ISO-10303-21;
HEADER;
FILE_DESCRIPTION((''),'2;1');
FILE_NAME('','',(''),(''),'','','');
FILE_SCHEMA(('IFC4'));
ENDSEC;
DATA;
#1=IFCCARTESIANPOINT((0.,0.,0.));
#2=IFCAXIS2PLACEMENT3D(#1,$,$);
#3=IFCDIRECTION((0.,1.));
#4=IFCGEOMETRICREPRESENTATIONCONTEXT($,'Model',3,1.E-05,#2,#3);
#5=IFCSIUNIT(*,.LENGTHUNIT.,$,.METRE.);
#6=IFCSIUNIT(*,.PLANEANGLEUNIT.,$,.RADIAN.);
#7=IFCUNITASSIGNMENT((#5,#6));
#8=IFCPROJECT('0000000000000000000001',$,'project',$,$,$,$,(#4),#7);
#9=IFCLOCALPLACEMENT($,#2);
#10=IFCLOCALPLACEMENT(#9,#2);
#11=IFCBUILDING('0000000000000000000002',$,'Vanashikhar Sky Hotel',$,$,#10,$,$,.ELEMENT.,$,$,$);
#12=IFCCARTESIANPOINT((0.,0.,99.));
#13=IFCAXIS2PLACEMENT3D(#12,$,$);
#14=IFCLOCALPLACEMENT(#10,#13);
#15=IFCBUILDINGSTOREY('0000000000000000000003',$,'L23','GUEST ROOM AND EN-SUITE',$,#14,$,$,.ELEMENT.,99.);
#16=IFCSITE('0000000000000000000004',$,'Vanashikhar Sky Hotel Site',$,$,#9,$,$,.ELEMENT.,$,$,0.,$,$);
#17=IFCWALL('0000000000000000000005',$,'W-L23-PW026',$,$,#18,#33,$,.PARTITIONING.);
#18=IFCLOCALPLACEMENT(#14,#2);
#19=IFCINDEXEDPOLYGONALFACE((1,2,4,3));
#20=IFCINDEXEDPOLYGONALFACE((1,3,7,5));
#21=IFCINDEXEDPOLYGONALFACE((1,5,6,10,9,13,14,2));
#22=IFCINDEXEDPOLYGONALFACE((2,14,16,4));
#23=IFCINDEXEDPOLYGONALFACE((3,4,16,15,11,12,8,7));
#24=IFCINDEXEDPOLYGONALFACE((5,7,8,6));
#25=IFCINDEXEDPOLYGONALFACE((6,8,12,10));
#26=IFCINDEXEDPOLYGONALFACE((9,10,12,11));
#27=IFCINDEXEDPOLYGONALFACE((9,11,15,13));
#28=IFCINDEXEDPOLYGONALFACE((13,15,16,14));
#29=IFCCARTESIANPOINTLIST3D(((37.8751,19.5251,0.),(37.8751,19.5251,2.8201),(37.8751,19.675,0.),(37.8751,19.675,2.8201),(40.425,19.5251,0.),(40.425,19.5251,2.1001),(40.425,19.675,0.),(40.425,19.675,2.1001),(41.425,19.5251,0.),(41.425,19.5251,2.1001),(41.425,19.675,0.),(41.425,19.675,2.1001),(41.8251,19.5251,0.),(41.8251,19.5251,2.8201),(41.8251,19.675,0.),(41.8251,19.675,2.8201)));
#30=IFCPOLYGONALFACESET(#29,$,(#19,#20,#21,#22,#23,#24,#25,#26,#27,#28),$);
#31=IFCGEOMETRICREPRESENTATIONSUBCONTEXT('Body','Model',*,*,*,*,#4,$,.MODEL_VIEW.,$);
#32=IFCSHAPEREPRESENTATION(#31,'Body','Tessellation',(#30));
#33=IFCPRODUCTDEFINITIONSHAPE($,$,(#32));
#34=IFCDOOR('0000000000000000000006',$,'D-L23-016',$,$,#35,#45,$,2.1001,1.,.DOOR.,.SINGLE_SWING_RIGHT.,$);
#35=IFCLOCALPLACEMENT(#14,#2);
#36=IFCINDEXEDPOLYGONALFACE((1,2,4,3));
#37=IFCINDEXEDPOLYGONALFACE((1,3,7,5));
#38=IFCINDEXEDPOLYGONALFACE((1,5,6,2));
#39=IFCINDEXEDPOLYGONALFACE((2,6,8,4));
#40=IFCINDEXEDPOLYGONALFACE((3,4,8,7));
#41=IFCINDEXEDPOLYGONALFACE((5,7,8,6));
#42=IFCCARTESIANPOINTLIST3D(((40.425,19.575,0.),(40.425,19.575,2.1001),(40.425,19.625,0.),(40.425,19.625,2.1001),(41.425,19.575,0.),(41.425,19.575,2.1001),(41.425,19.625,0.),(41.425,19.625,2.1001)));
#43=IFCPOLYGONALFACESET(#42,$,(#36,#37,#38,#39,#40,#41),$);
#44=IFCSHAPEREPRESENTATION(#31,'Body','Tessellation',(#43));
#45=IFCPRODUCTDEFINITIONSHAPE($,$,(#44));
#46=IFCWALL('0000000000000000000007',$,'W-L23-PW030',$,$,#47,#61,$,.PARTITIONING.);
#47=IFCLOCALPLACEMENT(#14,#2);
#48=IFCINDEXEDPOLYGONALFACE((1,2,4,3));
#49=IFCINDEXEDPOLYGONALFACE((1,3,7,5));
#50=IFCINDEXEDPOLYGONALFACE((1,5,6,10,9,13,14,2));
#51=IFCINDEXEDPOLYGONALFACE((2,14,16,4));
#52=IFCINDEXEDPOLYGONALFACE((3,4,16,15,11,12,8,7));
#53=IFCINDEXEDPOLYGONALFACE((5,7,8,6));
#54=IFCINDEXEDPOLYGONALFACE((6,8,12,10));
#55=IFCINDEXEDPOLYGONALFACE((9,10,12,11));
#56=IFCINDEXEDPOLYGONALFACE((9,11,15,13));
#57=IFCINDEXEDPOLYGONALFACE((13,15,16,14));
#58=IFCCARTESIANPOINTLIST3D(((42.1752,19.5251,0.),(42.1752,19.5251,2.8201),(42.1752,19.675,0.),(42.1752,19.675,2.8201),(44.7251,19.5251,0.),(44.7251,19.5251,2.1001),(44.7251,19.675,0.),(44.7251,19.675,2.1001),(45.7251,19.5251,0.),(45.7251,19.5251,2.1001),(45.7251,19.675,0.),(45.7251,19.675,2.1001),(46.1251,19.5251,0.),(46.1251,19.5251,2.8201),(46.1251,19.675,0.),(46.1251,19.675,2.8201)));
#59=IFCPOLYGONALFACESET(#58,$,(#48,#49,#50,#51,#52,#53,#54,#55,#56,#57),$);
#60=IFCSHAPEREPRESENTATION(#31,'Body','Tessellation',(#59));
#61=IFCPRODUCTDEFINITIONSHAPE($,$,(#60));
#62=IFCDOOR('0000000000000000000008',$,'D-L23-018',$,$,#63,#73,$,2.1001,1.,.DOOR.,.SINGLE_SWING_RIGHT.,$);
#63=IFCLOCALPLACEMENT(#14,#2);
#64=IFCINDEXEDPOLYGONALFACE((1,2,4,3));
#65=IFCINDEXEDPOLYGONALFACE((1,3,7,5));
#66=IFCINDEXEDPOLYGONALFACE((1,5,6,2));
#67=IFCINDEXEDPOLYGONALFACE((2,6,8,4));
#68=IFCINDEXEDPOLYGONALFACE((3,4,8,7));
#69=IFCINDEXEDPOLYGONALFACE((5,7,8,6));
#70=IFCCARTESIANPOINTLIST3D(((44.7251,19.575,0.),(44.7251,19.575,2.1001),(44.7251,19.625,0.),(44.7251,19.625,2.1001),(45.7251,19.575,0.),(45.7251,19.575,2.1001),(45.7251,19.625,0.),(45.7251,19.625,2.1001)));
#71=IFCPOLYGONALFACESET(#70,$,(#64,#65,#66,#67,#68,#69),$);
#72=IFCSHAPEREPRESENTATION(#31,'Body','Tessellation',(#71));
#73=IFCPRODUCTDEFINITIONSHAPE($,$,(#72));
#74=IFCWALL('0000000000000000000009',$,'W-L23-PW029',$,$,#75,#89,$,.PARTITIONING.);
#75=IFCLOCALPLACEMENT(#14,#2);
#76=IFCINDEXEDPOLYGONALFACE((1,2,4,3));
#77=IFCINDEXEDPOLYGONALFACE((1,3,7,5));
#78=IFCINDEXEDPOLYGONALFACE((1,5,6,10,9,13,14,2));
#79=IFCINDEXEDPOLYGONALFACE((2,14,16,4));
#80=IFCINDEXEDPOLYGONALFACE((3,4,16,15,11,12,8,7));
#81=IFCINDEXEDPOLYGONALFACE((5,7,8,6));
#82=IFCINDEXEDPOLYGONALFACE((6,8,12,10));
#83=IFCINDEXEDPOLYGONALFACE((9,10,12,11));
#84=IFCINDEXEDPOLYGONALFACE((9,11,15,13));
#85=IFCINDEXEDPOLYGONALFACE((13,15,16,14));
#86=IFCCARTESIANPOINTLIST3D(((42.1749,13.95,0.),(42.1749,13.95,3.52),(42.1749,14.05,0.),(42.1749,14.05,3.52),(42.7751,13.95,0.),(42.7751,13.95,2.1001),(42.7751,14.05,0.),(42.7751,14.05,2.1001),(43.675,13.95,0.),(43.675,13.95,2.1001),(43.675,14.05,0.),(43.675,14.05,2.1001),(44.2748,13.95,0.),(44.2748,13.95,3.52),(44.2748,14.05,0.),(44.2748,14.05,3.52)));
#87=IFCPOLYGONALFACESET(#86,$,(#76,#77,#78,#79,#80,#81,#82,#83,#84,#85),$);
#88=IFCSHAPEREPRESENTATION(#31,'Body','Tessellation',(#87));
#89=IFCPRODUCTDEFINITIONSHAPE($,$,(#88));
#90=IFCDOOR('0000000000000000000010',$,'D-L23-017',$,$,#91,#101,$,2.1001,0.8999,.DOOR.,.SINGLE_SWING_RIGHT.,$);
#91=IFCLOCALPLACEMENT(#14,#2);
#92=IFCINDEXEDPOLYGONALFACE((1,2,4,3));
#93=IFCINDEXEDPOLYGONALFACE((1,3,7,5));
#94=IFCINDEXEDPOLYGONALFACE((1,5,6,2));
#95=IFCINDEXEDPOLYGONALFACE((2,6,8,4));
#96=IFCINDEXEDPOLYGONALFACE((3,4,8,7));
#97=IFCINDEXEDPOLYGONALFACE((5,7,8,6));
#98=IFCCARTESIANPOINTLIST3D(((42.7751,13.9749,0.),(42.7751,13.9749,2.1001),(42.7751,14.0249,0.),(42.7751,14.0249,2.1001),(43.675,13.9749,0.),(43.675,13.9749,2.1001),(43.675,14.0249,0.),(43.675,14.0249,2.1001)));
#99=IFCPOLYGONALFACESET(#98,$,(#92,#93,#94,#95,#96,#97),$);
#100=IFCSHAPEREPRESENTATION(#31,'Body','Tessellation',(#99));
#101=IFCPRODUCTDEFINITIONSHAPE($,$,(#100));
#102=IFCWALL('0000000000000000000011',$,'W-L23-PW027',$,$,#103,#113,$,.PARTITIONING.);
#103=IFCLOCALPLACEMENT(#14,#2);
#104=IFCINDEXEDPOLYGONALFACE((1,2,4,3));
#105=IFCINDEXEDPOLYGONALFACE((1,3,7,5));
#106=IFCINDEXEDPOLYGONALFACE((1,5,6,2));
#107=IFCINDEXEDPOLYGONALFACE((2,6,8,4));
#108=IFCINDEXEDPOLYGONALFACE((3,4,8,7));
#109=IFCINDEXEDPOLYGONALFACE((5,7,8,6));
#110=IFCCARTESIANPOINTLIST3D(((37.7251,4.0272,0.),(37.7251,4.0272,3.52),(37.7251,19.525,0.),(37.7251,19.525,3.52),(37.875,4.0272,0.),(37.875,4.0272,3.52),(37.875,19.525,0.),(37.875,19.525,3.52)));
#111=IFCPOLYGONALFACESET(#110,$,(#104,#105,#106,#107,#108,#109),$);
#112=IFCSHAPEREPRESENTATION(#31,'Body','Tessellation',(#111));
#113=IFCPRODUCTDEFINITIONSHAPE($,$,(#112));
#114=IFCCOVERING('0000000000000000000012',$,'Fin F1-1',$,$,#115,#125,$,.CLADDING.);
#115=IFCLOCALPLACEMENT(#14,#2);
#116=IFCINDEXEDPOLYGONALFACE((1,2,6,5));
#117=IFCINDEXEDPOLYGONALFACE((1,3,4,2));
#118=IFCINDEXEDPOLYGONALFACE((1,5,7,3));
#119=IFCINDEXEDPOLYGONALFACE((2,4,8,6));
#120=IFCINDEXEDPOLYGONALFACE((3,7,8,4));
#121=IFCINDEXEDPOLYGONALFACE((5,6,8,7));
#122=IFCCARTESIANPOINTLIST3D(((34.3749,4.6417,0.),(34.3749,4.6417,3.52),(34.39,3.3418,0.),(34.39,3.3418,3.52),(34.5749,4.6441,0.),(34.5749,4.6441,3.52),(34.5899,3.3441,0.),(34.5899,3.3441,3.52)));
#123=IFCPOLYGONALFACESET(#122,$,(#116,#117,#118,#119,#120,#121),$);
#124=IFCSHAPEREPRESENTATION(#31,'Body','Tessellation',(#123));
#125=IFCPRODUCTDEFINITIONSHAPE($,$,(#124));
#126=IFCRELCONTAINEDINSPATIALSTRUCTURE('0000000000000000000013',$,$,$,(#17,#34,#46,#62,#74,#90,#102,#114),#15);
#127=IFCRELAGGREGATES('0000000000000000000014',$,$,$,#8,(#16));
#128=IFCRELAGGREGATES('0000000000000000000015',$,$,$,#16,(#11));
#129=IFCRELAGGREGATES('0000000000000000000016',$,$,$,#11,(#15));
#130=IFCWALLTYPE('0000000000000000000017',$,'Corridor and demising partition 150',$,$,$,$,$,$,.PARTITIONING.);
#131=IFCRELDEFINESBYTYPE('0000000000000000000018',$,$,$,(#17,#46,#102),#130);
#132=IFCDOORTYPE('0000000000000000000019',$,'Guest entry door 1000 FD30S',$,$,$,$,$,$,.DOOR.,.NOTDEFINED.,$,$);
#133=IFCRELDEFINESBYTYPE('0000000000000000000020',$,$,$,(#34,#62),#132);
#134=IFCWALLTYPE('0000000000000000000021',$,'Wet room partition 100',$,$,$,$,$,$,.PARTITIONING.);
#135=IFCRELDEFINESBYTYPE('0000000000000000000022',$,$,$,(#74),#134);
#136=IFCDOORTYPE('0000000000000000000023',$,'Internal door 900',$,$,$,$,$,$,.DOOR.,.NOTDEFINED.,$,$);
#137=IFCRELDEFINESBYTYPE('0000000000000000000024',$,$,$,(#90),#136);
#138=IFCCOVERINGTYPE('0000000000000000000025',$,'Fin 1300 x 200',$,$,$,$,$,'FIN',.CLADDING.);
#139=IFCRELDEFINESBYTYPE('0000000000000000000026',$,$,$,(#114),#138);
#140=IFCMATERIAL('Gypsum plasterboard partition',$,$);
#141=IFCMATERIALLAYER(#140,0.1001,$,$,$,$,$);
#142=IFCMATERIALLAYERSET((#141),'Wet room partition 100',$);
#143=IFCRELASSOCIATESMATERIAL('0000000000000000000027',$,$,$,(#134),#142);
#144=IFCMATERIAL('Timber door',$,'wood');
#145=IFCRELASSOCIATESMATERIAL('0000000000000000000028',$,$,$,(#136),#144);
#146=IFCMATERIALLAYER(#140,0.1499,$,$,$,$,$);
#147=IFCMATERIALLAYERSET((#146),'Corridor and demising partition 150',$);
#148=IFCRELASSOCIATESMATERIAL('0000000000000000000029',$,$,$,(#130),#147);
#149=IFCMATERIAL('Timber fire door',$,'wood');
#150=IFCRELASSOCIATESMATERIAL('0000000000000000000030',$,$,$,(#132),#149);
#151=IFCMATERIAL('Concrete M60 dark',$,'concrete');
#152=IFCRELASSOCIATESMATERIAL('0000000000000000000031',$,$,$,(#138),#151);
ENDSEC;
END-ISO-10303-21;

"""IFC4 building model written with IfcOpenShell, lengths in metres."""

from ifc_helpers import new_model, si_unit, direction, frame, frame_2d, origin, origin_2d, place, context, subcontext, project, spatial, rectangle, extrude, source, transform, mapped, material, layer, layer_set, material_profile, profile_set, type_object, element, fill, save


model = new_model("IFC4")

# Units and contexts
model_context = context("Model", 3, precision=1e-05, world=origin(), true_north=direction((0.0, 1.0)))
body_context = subcontext(model_context, "Body", "Model", "MODEL_VIEW")
ifc_project = project(units=[si_unit("LENGTHUNIT", "METRE"), si_unit("PLANEANGLEUNIT", "RADIAN")], contexts=[model_context])

# Site, building, storey
site_placement = place(None, origin())
site = spatial("IfcSite", under=ifc_project, at=site_placement, Name="Vanashikhar Sky Hotel Site", CompositionType="ELEMENT", RefElevation=0.0)
building_placement = place(site_placement, origin())
building = spatial("IfcBuilding", under=site, at=building_placement, Name="Vanashikhar Sky Hotel", CompositionType="ELEMENT")
storey_placement = place(building_placement, frame((0.0, 0.0, 99.0)))
storey = spatial("IfcBuildingStorey", under=building, at=storey_placement, Name="L23", Description="GUEST ROOM AND EN-SUITE", CompositionType="ELEMENT", Elevation=99.0)

# Shared definitions
ifc_material_1 = material(Name="Gypsum plasterboard partition")
ifc_layer_1 = layer(ifc_material_1, 0.1001)
ifc_layer_set_1 = layer_set([ifc_layer_1], Name="Wet room partition 100")
wall_type_1 = type_object("IfcWallType", Name="Wet room partition 100", PredefinedType="PARTITIONING", material=ifc_layer_set_1)

# Walls, openings, doors
shared_shape_1 = source(origin(), body_context, "Body", "SweptSolid", [
    extrude(rectangle(XDim=0.8999, YDim=2.1001, at=frame_2d((0.45, 1.05))), frame((0.0, 0.0601, 0.0), z_axis=(0.0, -1.0, 0.0), x_axis=(1.0, 0.0, 0.0)), (0.0, 0.0, 1.0), 0.1201),
])
ifc_material_2 = material(Name="Timber door", Category="wood")
door_type_1 = type_object("IfcDoorType", Name="Internal door 900", OperationType="NOTDEFINED", PredefinedType="DOOR", material=ifc_material_2)
shared_shape_2 = source(origin(), body_context, "Body", "SweptSolid", [
    extrude(rectangle(XDim=0.8999, YDim=2.1001, at=frame_2d((0.45, 1.05))), frame((0.0, 0.0249, 0.0), z_axis=(0.0, -1.0, 0.0), x_axis=(1.0, 0.0, 0.0)), (0.0, 0.0, 1.0), 0.05),
])
ifc_layer_2 = layer(ifc_material_1, 0.1499)
ifc_layer_set_2 = layer_set([ifc_layer_2], Name="Corridor and demising partition 150")
wall_type_2 = type_object("IfcWallType", Name="Corridor and demising partition 150", PredefinedType="PARTITIONING", material=ifc_layer_set_2)
shared_shape_3 = source(origin(), body_context, "Body", "SweptSolid", [
    extrude(rectangle(XDim=3.95, YDim=0.1499, at=frame_2d((1.9751, 0.0))), origin(), (0.0, 0.0, 1.0), 2.8201),
])
wall_1_placement = place(storey_placement, frame((37.875, 19.6001, 0.0), z_axis=(0.0, 0.0, 1.0), x_axis=(1.0, 0.0, 0.0)))
wall_1 = element("IfcWall", 1, at=wall_1_placement, inside=storey, type_object=wall_type_2, Name="W-L23-PW026", PredefinedType="PARTITIONING", context=body_context, shape_type="MappedRepresentation", body=[
    mapped(shared_shape_3, transform((0.0, 0.0, 0.0), scale=1.0)),
])
shared_shape_4 = source(origin(), body_context, "Body", "SweptSolid", [
    extrude(rectangle(XDim=1.0, YDim=2.1001, at=frame_2d((0.5, 1.05))), frame((0.0, 0.085, 0.0), z_axis=(0.0, -1.0, 0.0), x_axis=(1.0, 0.0, 0.0)), (0.0, 0.0, 1.0), 0.1699),
])
opening_1_placement = place(wall_1_placement, frame((2.55, 0.0, 0.0)))
opening_1 = element("IfcOpeningElement", 2, at=opening_1_placement, cuts=wall_1, PredefinedType="OPENING", context=body_context, shape_type="MappedRepresentation", body=[
    mapped(shared_shape_4, transform((0.0, 0.0, 0.0), scale=1.0)),
])
ifc_material_3 = material(Name="Timber fire door", Category="wood")
door_type_2 = type_object("IfcDoorType", Name="Guest entry door 1000 FD30S", OperationType="NOTDEFINED", PredefinedType="DOOR", material=ifc_material_3)
shared_shape_5 = source(origin(), body_context, "Body", "SweptSolid", [
    extrude(rectangle(XDim=1.0, YDim=2.1001, at=frame_2d((0.5, 1.05))), frame((0.0, 0.0249, 0.0), z_axis=(0.0, -1.0, 0.0), x_axis=(1.0, 0.0, 0.0)), (0.0, 0.0, 1.0), 0.05),
])
door_1_placement = place(opening_1_placement, origin())
door_1 = element("IfcDoor", 3, at=door_1_placement, inside=storey, type_object=door_type_2, Name="D-L23-016", OperationType="SINGLE_SWING_RIGHT", OverallHeight=2.1001, OverallWidth=1.0, PredefinedType="DOOR", context=body_context, shape_type="MappedRepresentation", body=[
    mapped(shared_shape_5, transform((0.0, 0.0, 0.0), scale=1.0)),
])
fill(opening_1, door_1)
wall_2_placement = place(storey_placement, frame((42.175, 19.6001, 0.0), z_axis=(0.0, 0.0, 1.0), x_axis=(1.0, 0.0, 0.0)))
wall_2 = element("IfcWall", 4, at=wall_2_placement, inside=storey, type_object=wall_type_2, Name="W-L23-PW030", PredefinedType="PARTITIONING", context=body_context, shape_type="MappedRepresentation", body=[
    mapped(shared_shape_3, transform((0.0, 0.0, 0.0), scale=1.0)),
])
opening_2_placement = place(wall_2_placement, frame((2.55, 0.0, 0.0)))
opening_2 = element("IfcOpeningElement", 5, at=opening_2_placement, cuts=wall_2, PredefinedType="OPENING", context=body_context, shape_type="MappedRepresentation", body=[
    mapped(shared_shape_4, transform((0.0, 0.0, 0.0), scale=1.0)),
])
door_2_placement = place(opening_2_placement, origin())
door_2 = element("IfcDoor", 6, at=door_2_placement, inside=storey, type_object=door_type_2, Name="D-L23-018", OperationType="SINGLE_SWING_RIGHT", OverallHeight=2.1001, OverallWidth=1.0, PredefinedType="DOOR", context=body_context, shape_type="MappedRepresentation", body=[
    mapped(shared_shape_5, transform((0.0, 0.0, 0.0), scale=1.0)),
])
fill(opening_2, door_2)
shared_shape_6 = source(origin(), body_context, "Body", "SweptSolid", [
    extrude(rectangle(XDim=2.0999, YDim=0.1001, at=frame_2d((1.0498, 0.0))), origin(), (0.0, 0.0, 1.0), 3.52),
])
wall_3_placement = place(storey_placement, frame((42.175, 14.0, 0.0), z_axis=(0.0, 0.0, 1.0), x_axis=(1.0, 0.0, 0.0)))
wall_3 = element("IfcWall", 7, at=wall_3_placement, inside=storey, type_object=wall_type_1, Name="W-L23-PW029", PredefinedType="PARTITIONING", context=body_context, shape_type="MappedRepresentation", body=[
    mapped(shared_shape_6, transform((0.0, 0.0, 0.0), scale=1.0)),
])
opening_3_placement = place(wall_3_placement, frame((0.6001, 0.0, 0.0)))
opening_3 = element("IfcOpeningElement", 8, at=opening_3_placement, cuts=wall_3, PredefinedType="OPENING", context=body_context, shape_type="MappedRepresentation", body=[
    mapped(shared_shape_1, transform((0.0, 0.0, 0.0), scale=1.0)),
])
door_3_placement = place(opening_3_placement, origin())
door_3 = element("IfcDoor", 9, at=door_3_placement, inside=storey, type_object=door_type_1, Name="D-L23-017", OperationType="SINGLE_SWING_RIGHT", OverallHeight=2.1001, OverallWidth=0.8999, PredefinedType="DOOR", context=body_context, shape_type="MappedRepresentation", body=[
    mapped(shared_shape_2, transform((0.0, 0.0, 0.0), scale=1.0)),
])
fill(opening_3, door_3)

# Wall
shared_shape_7 = source(origin(), body_context, "Body", "SweptSolid", [
    extrude(rectangle(XDim=15.4978, YDim=0.1499, at=frame_2d((7.749, 0.0))), origin(), (0.0, 0.0, 1.0), 3.52),
])
wall_4_placement = place(storey_placement, frame((37.8, 4.0271, 0.0), z_axis=(0.0, 0.0, 1.0), x_axis=(0.0, 1.0, 0.0)))
element("IfcWall", 10, at=wall_4_placement, inside=storey, type_object=wall_type_2, Name="W-L23-PW027", PredefinedType="PARTITIONING", context=body_context, shape_type="MappedRepresentation", body=[
    mapped(shared_shape_7, transform((0.0, 0.0, 0.0), scale=1.0)),
])

# Covering
ifc_material_4 = material(Name="Concrete M60 dark", Category="concrete")
ifc_material_profile_1 = material_profile(ifc_material_4, rectangle(XDim=1.3, YDim=0.2, at=origin_2d()))
ifc_profile_set_1 = profile_set([ifc_material_profile_1], Name="Fin 1300 x 200")
covering_type = type_object("IfcCoveringType", Name="Fin 1300 x 200", ElementType="FIN", PredefinedType="CLADDING", material=ifc_profile_set_1)
shared_shape_8 = source(origin(), body_context, "Body", "SweptSolid", [
    extrude(rectangle(XDim=1.3, YDim=0.2, at=origin_2d()), origin(), (0.0, 0.0, 1.0), 3.52),
])
covering_placement = place(storey_placement, frame((34.4824, 3.9929, 0.0), z_axis=(0.0, 0.0, 1.0), x_axis=(0.011589, -0.999933, 0.0)))
element("IfcCovering", 11, at=covering_placement, inside=storey, type_object=covering_type, Name="Fin F1-1", PredefinedType="CLADDING", context=body_context, shape_type="MappedRepresentation", body=[
    mapped(shared_shape_8, transform((0.0, 0.0, 0.0), scale=1.0)),
])

save(model, "model.ifc")
